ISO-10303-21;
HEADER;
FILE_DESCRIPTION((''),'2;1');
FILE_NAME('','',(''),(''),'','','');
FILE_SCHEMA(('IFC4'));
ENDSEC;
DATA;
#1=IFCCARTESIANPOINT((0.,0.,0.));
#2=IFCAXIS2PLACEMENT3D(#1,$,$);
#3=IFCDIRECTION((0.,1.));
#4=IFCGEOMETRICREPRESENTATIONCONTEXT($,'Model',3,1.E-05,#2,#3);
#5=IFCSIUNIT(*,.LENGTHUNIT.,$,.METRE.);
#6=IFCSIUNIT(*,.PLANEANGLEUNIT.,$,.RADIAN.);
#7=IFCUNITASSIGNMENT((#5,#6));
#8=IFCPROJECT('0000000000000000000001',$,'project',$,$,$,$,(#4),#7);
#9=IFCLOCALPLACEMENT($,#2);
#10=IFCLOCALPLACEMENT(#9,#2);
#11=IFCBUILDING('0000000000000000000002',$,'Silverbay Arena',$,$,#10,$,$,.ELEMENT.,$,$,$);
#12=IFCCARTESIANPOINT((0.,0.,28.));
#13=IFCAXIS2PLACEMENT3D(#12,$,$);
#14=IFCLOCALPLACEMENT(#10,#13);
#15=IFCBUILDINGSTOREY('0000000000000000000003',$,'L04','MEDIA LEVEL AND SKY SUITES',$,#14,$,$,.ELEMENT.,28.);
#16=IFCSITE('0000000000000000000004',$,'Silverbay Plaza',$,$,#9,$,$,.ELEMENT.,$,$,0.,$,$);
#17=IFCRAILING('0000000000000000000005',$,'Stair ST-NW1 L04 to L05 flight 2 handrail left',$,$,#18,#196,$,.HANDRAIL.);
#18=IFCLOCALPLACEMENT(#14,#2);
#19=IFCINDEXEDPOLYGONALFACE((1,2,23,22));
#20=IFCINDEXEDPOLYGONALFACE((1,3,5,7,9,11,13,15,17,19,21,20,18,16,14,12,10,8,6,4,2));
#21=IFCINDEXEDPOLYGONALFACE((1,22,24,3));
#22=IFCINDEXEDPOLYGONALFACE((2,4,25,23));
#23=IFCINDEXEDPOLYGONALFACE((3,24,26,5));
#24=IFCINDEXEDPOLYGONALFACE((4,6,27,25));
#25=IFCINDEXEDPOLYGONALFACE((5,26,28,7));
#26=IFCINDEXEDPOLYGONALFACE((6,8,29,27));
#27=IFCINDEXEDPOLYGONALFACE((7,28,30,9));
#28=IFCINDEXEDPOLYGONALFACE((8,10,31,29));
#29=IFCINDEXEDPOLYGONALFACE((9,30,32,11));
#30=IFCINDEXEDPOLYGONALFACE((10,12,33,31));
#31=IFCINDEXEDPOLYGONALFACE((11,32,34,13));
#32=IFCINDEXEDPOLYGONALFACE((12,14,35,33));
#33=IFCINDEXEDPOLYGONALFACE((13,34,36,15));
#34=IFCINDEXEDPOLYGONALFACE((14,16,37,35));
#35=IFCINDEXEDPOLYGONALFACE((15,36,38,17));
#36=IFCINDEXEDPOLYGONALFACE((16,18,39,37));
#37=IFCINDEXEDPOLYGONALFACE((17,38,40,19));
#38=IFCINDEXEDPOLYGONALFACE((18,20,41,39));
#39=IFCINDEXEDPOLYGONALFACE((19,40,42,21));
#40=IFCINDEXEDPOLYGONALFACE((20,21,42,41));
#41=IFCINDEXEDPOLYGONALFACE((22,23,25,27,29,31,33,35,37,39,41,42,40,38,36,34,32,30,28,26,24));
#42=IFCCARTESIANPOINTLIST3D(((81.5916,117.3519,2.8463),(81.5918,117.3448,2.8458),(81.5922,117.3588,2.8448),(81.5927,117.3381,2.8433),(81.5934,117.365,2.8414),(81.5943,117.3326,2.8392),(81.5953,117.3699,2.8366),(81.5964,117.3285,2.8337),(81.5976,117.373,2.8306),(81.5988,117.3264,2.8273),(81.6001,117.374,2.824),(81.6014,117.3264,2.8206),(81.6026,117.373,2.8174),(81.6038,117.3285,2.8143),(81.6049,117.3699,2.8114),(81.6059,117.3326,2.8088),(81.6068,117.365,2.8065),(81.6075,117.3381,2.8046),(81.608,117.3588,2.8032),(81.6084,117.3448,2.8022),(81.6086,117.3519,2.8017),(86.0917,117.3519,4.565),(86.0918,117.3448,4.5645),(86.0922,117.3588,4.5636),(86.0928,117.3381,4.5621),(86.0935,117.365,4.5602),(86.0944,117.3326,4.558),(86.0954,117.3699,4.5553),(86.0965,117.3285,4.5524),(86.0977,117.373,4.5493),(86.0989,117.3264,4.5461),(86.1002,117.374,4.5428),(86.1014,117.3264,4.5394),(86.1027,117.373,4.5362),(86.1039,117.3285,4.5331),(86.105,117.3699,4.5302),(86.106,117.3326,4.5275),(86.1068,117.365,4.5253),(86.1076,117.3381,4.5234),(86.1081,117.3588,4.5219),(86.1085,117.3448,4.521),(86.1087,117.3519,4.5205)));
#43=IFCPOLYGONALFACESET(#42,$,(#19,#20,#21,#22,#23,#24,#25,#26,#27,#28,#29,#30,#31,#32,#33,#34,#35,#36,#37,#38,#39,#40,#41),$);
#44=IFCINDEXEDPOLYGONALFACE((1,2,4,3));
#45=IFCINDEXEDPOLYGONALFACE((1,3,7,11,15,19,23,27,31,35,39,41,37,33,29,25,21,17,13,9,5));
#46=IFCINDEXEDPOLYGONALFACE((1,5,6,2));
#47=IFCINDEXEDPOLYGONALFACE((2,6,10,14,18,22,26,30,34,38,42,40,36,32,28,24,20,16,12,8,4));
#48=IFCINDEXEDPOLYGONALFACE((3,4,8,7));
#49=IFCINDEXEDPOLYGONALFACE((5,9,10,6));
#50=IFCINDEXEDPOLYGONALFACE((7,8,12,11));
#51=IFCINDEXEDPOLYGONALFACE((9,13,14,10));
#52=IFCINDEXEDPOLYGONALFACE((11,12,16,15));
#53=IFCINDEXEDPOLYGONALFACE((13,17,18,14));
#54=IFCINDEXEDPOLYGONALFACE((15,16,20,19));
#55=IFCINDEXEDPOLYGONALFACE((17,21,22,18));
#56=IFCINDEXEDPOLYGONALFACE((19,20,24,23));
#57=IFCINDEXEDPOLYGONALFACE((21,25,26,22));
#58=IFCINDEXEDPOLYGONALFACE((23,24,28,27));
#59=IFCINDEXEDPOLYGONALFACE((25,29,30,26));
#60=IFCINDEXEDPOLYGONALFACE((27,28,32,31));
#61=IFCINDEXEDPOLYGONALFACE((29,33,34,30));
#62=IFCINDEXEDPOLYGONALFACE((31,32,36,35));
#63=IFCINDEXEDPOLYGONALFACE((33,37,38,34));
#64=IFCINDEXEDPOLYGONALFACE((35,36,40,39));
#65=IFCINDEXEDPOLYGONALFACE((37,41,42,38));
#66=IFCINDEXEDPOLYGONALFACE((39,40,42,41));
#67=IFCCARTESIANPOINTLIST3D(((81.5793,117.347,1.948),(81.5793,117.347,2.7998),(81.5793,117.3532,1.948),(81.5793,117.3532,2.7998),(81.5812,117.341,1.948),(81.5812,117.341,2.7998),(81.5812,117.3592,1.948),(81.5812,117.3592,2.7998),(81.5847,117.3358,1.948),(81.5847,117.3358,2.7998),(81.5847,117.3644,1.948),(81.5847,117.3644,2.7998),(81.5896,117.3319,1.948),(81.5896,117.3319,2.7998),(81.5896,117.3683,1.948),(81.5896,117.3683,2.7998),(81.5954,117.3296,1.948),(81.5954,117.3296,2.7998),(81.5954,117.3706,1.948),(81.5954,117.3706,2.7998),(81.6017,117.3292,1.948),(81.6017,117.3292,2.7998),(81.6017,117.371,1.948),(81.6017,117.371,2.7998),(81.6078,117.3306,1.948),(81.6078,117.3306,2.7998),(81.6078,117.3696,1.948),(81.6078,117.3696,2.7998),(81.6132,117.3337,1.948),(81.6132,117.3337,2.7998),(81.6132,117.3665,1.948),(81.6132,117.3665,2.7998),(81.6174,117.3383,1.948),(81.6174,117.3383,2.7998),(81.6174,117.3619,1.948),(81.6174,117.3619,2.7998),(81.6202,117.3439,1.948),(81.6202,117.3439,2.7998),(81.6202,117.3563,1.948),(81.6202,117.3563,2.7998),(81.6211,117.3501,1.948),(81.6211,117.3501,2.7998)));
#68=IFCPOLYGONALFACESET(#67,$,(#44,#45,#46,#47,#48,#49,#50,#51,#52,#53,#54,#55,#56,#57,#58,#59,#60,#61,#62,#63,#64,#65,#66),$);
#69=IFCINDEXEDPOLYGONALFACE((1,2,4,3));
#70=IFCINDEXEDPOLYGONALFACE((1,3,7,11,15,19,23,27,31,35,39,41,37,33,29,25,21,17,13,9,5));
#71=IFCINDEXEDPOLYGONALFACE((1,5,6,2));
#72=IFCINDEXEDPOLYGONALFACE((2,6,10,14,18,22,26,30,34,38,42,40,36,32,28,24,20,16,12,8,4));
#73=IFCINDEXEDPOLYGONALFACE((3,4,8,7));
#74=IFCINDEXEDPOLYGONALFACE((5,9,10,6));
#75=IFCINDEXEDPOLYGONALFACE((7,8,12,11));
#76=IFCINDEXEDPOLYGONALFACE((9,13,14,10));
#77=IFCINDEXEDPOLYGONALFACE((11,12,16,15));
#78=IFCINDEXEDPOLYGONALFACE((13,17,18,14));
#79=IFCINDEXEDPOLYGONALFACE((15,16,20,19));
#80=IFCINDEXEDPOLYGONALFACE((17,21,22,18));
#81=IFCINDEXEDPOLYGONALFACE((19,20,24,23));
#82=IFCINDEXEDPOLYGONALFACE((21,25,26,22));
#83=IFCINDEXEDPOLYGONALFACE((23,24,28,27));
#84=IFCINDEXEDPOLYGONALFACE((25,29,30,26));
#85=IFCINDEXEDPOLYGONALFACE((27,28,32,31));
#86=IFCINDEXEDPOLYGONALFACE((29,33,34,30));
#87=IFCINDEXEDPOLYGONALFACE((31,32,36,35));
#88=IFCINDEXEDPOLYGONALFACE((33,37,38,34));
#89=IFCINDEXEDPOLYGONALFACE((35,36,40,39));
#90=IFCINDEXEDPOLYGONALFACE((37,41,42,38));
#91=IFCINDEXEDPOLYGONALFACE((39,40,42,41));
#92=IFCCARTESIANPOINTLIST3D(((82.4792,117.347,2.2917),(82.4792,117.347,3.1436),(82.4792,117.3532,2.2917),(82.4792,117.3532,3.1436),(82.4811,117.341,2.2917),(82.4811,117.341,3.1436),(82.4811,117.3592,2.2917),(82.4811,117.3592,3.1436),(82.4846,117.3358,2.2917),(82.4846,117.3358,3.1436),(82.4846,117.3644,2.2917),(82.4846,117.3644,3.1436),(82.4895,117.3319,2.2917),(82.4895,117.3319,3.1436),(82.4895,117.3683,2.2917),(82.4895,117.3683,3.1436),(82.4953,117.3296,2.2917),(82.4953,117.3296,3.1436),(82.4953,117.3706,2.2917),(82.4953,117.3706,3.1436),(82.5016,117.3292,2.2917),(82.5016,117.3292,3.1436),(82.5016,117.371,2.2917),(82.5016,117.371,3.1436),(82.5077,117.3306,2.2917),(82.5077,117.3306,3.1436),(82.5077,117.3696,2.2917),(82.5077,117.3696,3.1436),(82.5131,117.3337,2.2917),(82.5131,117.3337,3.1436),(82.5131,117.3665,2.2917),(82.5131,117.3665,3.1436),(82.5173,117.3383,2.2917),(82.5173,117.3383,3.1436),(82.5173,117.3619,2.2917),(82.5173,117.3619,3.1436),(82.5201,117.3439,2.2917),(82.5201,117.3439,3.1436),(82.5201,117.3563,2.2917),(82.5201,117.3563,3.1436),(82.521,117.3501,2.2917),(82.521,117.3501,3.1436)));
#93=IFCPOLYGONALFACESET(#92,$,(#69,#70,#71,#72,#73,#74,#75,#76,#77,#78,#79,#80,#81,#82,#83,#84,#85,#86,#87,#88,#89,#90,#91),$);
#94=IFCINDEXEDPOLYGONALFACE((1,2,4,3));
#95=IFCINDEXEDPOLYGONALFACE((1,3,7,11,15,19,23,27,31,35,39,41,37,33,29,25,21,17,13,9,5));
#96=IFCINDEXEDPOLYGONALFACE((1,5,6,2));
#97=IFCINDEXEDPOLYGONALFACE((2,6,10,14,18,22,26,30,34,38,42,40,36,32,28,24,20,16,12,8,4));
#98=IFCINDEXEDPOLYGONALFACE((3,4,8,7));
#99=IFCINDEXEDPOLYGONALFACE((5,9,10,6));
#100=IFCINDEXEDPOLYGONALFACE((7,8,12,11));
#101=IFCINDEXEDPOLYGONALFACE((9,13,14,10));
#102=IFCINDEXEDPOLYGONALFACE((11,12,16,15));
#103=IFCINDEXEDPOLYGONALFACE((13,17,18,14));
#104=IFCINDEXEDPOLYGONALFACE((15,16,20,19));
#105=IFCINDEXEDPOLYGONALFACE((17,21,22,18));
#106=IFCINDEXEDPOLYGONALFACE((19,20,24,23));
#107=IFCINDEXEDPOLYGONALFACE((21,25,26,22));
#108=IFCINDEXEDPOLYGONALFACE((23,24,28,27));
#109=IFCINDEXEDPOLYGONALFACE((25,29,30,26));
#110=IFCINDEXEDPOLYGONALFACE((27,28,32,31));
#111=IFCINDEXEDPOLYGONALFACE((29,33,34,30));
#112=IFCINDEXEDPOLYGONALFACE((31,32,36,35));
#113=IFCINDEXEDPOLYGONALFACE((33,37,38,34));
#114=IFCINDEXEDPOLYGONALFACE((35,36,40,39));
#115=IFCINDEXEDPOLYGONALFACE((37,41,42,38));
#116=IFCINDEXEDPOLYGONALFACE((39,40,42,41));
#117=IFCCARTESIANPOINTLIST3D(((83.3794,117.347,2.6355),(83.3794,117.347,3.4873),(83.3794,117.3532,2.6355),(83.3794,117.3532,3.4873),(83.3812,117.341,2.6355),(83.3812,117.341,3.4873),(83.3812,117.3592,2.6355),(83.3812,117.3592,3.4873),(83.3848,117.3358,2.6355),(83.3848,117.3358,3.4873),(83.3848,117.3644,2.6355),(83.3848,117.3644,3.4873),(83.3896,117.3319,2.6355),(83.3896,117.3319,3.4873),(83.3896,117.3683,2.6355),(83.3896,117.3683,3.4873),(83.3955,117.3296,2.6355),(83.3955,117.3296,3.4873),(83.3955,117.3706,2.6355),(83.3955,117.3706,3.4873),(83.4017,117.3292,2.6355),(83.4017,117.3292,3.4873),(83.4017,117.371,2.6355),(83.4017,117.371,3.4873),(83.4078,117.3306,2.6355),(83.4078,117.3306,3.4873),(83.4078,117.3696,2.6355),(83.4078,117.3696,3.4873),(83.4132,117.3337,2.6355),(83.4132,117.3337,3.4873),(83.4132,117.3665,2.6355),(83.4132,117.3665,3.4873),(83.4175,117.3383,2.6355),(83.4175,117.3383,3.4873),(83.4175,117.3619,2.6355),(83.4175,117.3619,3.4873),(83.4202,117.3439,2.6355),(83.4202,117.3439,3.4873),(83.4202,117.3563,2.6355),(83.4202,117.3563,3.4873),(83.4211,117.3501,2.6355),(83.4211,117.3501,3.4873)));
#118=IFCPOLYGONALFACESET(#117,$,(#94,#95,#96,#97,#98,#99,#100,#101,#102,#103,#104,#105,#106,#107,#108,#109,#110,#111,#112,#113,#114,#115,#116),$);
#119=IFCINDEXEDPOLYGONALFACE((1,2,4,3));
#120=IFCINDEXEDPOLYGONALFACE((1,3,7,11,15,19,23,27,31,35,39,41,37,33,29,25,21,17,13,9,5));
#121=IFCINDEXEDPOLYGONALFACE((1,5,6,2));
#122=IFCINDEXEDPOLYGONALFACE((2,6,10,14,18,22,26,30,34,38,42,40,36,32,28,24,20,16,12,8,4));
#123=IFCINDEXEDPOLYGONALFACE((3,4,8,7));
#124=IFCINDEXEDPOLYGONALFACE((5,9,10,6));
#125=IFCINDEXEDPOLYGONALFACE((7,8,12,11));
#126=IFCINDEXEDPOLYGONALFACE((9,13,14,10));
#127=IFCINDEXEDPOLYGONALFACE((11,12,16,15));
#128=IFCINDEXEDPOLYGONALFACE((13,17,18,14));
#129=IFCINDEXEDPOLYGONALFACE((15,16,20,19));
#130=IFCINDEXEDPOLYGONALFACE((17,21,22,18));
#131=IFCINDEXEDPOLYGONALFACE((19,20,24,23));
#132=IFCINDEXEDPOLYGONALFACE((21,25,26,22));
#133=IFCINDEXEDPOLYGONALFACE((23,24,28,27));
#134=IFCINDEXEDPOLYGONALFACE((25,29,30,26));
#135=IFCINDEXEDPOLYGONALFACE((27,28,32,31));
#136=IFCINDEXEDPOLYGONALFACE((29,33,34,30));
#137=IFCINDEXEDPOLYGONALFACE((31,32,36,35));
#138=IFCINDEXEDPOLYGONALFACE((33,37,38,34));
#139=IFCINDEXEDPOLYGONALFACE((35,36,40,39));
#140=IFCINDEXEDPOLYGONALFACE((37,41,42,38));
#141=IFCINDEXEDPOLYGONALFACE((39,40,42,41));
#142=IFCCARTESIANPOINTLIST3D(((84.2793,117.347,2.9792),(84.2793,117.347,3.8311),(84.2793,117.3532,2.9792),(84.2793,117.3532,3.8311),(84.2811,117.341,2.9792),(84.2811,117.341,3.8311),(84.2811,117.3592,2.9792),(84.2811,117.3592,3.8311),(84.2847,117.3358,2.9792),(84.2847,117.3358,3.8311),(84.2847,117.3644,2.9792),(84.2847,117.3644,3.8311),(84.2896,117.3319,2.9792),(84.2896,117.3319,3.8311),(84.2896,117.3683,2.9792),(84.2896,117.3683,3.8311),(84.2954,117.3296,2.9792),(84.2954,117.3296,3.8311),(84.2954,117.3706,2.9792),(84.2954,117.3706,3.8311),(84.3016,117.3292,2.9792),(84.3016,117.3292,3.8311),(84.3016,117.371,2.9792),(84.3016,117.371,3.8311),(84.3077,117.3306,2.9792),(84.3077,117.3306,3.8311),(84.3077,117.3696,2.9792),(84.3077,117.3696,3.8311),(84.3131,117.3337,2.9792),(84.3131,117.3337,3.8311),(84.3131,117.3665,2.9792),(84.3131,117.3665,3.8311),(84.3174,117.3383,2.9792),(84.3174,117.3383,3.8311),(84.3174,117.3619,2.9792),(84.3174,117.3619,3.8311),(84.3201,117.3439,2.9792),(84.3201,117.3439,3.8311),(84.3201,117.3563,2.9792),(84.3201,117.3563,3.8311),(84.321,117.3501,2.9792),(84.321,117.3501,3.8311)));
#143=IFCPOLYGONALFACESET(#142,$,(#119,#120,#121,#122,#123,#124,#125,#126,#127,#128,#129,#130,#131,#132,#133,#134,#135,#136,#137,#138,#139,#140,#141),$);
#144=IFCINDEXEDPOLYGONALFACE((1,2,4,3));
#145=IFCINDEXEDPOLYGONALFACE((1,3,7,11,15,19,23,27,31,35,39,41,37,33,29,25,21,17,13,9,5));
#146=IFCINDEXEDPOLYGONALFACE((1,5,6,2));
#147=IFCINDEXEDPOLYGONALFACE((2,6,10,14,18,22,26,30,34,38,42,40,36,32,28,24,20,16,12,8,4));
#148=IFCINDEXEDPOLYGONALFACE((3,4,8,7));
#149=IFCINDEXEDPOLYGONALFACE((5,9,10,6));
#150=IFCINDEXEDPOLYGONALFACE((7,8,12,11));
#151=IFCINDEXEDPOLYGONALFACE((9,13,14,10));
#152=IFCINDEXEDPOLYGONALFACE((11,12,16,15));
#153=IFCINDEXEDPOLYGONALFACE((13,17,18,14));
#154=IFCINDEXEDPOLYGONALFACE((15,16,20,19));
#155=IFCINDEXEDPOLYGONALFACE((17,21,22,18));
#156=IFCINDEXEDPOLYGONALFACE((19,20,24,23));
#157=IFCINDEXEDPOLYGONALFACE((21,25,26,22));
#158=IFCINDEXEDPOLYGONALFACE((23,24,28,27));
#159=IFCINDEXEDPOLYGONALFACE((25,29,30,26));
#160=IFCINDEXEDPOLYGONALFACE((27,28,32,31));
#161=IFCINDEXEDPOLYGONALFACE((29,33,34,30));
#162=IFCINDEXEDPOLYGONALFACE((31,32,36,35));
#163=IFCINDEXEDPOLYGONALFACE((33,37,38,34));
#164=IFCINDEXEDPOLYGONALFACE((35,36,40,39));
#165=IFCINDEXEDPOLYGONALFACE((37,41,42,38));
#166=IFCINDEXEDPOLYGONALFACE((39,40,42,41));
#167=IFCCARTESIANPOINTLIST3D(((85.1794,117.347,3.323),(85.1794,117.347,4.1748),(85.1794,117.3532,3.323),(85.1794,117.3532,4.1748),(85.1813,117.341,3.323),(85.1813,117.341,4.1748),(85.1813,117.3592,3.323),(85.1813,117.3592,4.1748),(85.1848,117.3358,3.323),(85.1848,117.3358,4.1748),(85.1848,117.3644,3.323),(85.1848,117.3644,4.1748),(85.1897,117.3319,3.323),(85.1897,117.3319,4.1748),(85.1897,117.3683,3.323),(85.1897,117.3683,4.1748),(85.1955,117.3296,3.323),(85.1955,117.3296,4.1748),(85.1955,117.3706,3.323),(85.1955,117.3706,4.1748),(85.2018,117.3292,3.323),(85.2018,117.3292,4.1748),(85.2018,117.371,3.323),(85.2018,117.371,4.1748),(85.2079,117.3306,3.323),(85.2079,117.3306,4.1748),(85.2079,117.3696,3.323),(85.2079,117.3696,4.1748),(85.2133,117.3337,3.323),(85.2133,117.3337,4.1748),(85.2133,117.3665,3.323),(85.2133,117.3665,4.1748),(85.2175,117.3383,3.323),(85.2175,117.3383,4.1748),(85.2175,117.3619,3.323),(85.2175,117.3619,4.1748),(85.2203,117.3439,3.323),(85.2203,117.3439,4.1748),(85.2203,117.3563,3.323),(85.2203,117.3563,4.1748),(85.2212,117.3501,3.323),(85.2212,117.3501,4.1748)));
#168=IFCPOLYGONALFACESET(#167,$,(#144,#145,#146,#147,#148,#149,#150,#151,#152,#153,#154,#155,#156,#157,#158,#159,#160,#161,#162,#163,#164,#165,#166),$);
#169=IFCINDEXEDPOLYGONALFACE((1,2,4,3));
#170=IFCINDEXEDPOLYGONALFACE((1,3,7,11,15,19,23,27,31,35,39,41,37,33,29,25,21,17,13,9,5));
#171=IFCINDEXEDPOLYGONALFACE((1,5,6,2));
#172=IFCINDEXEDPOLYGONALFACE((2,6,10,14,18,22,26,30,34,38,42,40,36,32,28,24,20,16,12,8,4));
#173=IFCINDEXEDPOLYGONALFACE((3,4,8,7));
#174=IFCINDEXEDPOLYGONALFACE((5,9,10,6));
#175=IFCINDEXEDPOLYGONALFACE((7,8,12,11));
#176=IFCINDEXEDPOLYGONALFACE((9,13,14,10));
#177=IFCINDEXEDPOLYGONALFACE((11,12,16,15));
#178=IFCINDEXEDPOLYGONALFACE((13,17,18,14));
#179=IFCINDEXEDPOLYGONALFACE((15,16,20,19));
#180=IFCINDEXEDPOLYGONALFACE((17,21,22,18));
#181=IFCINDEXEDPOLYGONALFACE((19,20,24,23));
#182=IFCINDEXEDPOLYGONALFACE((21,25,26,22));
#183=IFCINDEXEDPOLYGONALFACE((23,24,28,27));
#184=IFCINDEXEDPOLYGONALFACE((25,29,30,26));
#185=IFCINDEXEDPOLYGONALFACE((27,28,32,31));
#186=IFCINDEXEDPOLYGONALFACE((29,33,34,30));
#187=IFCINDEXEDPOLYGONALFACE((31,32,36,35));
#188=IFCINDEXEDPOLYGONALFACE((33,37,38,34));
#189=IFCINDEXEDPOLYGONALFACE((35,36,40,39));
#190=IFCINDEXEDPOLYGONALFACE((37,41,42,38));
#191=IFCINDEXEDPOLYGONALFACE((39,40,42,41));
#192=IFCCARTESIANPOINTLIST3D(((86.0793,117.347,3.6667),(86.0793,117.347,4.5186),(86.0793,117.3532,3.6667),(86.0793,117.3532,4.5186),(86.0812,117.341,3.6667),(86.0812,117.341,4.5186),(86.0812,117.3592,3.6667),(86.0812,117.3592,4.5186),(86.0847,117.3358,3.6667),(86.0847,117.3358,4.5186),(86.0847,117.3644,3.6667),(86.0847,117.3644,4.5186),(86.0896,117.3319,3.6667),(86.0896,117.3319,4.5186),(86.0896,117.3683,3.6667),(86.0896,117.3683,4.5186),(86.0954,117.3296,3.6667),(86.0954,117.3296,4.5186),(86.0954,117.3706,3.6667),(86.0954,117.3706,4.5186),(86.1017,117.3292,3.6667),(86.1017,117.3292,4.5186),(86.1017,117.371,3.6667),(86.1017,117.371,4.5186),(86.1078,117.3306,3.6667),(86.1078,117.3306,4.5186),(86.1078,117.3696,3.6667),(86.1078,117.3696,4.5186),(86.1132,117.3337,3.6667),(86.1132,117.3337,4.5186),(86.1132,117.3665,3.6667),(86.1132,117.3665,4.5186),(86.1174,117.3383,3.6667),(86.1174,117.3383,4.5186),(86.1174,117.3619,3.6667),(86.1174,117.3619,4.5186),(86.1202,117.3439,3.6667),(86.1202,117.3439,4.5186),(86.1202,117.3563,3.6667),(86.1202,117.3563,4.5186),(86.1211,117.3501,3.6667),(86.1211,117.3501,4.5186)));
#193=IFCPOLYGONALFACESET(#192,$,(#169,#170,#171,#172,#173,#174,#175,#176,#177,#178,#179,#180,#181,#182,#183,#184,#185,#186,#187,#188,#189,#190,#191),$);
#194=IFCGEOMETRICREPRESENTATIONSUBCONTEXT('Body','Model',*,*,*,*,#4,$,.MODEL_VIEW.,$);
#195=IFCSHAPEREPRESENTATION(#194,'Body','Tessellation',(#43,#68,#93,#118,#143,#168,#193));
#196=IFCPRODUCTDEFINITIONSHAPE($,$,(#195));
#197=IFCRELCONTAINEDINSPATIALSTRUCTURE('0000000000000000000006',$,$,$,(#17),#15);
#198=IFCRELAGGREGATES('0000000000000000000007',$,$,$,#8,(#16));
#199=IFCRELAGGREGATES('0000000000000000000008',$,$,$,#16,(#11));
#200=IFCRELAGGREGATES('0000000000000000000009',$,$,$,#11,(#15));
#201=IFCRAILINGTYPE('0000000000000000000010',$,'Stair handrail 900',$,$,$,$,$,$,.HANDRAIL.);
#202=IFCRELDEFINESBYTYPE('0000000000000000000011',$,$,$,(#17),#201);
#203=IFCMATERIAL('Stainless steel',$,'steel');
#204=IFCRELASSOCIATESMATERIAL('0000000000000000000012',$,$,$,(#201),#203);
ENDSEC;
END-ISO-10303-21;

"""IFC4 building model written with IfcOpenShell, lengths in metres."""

from ifc_helpers import new_model, si_unit, direction, frame, origin, origin_2d, place, context, subcontext, project, spatial, circle, extrude, material, type_object, element, save


model = new_model("IFC4")

# Units and contexts
model_context = context("Model", 3, precision=1e-05, world=origin(), true_north=direction((0.0, 1.0)))
body_context = subcontext(model_context, "Body", "Model", "MODEL_VIEW")
ifc_project = project(units=[si_unit("LENGTHUNIT", "METRE"), si_unit("PLANEANGLEUNIT", "RADIAN")], contexts=[model_context])

# Site, building, storey
site_placement = place(None, origin())
site = spatial("IfcSite", under=ifc_project, at=site_placement, Name="Silverbay Plaza", CompositionType="ELEMENT", RefElevation=0.0)
building_placement = place(site_placement, origin())
building = spatial("IfcBuilding", under=site, at=building_placement, Name="Silverbay Arena", CompositionType="ELEMENT")
storey_placement = place(building_placement, frame((0.0, 0.0, 28.0)))
storey = spatial("IfcBuildingStorey", under=building, at=storey_placement, Name="L04", Description="MEDIA LEVEL AND SKY SUITES", CompositionType="ELEMENT", Elevation=28.0)

# Railing
ifc_material_1 = material(Name="Stainless steel", Category="steel")
railing_type_1 = type_object("IfcRailingType", Name="Stair handrail 900", PredefinedType="HANDRAIL", material=ifc_material_1)
for number, where, name in (
    (1, (81.6001, 117.3501, 1.948), "Stair ST-NW1 L04 to L05 flight 2 handrail left"),
):
    element("IfcRailing", number, at=place(storey_placement, frame(where)), inside=storey, type_object=railing_type_1, Name=name, PredefinedType="HANDRAIL", context=body_context, shape_type="SweptSolid", body=[
        extrude(circle(Radius=0.0239, at=origin_2d()), frame((0.0, 0.0, 0.876), z_axis=(0.934179, 0.0, 0.356805), x_axis=(0.0, 1.0, 0.0)), (0.0, 0.0, 1.0), 4.8171),
        extrude(circle(Radius=0.021, at=origin_2d()), origin(), (0.0, 0.0, 1.0), 0.8518),
        extrude(circle(Radius=0.021, at=origin_2d()), frame((0.8999, 0.0, 0.3438)), (0.0, 0.0, 1.0), 0.8518),
        extrude(circle(Radius=0.021, at=origin_2d()), frame((1.8, 0.0, 0.6875)), (0.0, 0.0, 1.0), 0.8518),
        extrude(circle(Radius=0.021, at=origin_2d()), frame((2.7, 0.0, 1.0312)), (0.0, 0.0, 1.0), 0.8518),
        extrude(circle(Radius=0.021, at=origin_2d()), frame((3.6001, 0.0, 1.375)), (0.0, 0.0, 1.0), 0.8518),
        extrude(circle(Radius=0.021, at=origin_2d()), frame((4.5, 0.0, 1.7188)), (0.0, 0.0, 1.0), 0.8518),
    ])

save(model, "model.ifc")
